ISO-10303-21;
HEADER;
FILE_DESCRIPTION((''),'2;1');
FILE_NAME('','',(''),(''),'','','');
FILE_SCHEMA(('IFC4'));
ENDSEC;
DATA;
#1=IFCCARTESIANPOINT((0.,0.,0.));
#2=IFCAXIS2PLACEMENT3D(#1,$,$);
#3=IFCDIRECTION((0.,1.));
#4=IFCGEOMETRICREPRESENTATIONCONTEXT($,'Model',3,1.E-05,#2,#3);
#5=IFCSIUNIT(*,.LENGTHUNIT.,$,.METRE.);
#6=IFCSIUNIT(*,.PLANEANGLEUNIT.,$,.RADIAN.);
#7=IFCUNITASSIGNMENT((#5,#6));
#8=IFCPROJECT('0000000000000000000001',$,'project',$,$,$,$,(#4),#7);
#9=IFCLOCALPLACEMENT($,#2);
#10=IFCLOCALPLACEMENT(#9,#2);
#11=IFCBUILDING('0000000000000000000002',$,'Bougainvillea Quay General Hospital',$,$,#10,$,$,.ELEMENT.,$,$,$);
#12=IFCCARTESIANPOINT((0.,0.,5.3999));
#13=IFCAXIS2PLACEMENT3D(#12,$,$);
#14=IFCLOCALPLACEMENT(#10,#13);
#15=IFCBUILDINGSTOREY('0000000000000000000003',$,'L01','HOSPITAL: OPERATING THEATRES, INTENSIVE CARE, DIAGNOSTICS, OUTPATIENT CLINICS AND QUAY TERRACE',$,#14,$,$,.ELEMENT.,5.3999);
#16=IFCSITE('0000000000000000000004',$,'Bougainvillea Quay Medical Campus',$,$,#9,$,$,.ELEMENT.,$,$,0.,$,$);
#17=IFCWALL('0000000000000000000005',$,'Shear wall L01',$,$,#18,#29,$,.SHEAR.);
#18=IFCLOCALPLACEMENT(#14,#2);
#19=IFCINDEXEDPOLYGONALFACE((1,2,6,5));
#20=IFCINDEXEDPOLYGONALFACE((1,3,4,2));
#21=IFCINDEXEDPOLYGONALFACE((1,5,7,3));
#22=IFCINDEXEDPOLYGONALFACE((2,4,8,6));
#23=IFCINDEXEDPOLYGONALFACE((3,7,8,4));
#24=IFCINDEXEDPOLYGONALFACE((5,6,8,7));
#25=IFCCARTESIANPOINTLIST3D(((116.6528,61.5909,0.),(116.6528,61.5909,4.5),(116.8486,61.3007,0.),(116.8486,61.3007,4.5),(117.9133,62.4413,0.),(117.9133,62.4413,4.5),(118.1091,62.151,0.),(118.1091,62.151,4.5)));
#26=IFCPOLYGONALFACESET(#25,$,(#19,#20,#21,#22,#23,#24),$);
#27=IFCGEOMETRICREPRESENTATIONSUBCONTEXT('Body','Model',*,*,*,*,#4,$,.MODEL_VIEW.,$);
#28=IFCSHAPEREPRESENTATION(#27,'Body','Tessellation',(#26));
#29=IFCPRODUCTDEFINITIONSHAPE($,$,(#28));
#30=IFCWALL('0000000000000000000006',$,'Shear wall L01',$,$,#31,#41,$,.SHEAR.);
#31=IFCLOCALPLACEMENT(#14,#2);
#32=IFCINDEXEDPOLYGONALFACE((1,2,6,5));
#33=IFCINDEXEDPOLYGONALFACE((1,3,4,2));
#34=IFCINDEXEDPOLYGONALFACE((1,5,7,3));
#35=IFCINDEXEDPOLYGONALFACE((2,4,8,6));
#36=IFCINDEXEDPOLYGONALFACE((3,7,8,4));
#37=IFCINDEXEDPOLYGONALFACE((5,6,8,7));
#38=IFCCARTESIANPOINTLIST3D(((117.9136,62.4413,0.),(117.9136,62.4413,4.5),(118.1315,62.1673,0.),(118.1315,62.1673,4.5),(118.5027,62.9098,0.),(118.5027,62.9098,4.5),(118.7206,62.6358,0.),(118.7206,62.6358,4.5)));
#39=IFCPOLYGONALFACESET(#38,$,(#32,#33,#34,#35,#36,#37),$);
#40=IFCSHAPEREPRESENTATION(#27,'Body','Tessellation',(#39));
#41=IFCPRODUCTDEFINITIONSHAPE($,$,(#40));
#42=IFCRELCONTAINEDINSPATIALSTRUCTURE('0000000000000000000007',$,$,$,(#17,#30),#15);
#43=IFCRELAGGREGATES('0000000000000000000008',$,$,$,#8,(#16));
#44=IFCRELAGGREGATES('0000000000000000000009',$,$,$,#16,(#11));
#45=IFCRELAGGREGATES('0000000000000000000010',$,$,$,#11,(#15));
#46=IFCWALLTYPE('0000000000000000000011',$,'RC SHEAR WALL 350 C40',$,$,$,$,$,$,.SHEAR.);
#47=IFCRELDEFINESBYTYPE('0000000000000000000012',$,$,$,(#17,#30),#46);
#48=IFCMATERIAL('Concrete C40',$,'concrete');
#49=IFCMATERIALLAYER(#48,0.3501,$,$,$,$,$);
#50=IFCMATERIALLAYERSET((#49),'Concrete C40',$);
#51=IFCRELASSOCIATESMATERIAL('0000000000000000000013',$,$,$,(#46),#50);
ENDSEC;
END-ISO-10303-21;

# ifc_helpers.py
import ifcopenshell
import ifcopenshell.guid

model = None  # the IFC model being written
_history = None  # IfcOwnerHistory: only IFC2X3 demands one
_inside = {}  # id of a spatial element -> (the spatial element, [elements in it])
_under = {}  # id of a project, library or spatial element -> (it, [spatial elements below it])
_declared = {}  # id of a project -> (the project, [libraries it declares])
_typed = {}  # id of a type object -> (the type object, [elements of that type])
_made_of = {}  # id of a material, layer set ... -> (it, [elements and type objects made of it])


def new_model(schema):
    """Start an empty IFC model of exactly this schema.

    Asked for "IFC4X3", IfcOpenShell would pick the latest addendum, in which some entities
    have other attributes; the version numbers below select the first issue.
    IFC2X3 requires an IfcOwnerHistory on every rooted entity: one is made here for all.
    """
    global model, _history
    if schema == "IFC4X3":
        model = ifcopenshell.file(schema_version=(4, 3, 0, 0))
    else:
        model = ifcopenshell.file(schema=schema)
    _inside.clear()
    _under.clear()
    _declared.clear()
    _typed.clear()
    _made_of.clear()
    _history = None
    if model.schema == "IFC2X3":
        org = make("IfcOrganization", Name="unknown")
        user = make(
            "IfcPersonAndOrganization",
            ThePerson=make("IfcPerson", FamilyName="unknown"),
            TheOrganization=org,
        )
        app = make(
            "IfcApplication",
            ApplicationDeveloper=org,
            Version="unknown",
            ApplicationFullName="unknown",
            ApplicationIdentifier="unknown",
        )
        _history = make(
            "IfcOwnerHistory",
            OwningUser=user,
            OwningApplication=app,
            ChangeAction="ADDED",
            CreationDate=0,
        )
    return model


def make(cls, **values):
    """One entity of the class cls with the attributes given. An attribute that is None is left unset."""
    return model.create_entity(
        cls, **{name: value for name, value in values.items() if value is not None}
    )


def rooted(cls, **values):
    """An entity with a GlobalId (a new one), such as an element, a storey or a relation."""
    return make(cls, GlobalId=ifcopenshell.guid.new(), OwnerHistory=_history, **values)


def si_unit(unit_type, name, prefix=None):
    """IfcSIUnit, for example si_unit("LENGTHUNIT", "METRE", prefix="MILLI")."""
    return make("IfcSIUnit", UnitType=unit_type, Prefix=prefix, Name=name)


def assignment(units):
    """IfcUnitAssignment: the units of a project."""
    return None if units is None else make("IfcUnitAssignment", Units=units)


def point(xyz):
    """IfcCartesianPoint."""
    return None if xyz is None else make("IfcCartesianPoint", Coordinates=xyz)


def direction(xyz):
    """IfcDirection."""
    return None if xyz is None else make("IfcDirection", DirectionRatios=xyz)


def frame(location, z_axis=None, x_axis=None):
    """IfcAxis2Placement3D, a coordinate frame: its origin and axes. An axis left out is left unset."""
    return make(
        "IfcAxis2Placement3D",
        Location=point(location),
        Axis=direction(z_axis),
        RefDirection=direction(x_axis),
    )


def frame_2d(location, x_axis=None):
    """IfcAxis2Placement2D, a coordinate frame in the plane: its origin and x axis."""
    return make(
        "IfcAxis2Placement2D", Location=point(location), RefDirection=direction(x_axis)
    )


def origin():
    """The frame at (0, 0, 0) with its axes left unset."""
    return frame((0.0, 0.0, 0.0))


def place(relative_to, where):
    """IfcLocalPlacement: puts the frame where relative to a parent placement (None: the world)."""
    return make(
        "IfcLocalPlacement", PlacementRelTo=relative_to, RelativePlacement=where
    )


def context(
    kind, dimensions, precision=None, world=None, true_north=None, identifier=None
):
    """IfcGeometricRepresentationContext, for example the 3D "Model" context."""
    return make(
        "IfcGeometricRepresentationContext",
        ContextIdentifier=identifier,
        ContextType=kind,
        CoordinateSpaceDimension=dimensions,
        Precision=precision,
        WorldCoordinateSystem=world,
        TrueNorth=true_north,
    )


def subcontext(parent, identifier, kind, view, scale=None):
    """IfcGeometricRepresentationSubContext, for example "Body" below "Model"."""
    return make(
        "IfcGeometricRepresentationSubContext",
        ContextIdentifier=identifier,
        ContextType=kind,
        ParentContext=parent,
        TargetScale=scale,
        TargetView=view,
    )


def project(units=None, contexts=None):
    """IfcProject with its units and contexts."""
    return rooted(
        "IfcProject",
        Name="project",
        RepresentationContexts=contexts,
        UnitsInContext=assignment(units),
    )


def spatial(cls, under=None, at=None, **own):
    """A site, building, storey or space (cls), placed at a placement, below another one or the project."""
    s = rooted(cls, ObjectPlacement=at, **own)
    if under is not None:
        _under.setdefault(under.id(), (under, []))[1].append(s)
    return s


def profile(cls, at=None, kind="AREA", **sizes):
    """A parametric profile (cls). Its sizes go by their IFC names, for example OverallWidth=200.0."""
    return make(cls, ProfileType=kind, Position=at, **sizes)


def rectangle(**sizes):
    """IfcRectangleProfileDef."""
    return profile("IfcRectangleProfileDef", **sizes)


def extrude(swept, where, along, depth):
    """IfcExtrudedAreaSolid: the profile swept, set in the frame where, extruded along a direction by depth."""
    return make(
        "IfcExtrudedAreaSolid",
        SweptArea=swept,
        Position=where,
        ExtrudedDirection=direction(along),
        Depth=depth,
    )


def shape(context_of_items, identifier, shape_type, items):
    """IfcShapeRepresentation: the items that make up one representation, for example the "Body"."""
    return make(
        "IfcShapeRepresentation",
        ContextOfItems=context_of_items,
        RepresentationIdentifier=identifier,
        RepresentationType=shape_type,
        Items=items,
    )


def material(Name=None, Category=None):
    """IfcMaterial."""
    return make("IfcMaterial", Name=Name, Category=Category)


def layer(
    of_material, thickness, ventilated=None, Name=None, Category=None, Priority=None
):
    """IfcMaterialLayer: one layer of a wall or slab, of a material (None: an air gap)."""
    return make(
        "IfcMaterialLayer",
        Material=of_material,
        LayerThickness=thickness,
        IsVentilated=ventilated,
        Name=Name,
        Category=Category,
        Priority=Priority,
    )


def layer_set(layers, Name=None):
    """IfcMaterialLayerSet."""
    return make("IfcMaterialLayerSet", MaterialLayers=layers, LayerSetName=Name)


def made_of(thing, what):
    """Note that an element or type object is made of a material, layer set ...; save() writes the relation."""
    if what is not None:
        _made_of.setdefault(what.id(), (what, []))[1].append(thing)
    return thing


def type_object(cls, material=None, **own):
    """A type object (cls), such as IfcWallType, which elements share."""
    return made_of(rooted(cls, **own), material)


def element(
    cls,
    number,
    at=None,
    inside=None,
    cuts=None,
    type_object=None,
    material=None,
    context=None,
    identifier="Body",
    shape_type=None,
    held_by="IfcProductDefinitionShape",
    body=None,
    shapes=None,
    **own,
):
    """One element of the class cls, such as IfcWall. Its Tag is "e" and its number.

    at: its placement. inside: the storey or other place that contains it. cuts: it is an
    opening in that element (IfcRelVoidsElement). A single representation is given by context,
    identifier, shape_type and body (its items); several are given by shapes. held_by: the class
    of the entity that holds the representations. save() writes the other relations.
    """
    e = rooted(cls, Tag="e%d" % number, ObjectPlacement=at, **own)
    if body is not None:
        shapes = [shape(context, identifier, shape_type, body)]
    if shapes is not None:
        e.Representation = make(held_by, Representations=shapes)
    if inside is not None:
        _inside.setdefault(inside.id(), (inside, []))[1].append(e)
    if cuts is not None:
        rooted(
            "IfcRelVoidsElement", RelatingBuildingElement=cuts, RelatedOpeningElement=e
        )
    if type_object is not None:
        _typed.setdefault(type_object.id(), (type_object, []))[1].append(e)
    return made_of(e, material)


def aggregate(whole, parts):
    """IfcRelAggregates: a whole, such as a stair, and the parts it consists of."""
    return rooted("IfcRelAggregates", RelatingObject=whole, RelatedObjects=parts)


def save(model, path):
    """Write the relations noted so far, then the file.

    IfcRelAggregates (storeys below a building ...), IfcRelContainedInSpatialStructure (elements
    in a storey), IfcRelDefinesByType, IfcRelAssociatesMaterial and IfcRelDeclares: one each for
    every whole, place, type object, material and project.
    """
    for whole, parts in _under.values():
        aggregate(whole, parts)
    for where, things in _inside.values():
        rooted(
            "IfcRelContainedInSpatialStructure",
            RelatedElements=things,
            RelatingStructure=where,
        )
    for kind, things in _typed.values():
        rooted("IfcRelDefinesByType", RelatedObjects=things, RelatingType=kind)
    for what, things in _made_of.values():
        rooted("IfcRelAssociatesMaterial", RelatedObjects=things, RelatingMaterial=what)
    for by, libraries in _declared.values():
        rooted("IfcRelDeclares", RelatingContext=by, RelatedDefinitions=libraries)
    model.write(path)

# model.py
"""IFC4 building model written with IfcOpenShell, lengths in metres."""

from ifc_helpers import new_model, si_unit, direction, frame, frame_2d, origin, place, context, subcontext, project, spatial, rectangle, extrude, material, layer, layer_set, type_object, element, save


model = new_model("IFC4")

# Units and contexts
model_context = context("Model", 3, precision=1e-05, world=origin(), true_north=direction((0.0, 1.0)))
body_context = subcontext(model_context, "Body", "Model", "MODEL_VIEW")
ifc_project = project(units=[si_unit("LENGTHUNIT", "METRE"), si_unit("PLANEANGLEUNIT", "RADIAN")], contexts=[model_context])

# Site, building, storey
site_placement = place(None, origin())
site = spatial("IfcSite", under=ifc_project, at=site_placement, Name="Bougainvillea Quay Medical Campus", CompositionType="ELEMENT", RefElevation=0.0)
building_placement = place(site_placement, origin())
building = spatial("IfcBuilding", under=site, at=building_placement, Name="Bougainvillea Quay General Hospital", CompositionType="ELEMENT")
storey_placement = place(building_placement, frame((0.0, 0.0, 5.3999)))
storey = spatial("IfcBuildingStorey", under=building, at=storey_placement, Name="L01", Description="HOSPITAL: OPERATING THEATRES, INTENSIVE CARE, DIAGNOSTICS, OUTPATIENT CLINICS AND QUAY TERRACE", CompositionType="ELEMENT", Elevation=5.3999)

# Walls
ifc_material_1 = material(Name="Concrete C40", Category="concrete")
ifc_layer = layer(ifc_material_1, 0.3501)
ifc_layer_set = layer_set([ifc_layer], Name="Concrete C40")
wall_type = type_object("IfcWallType", Name="RC SHEAR WALL 350 C40", PredefinedType="SHEAR", material=ifc_layer_set)
wall_1_placement = place(storey_placement, frame((116.7507, 61.4458, 0.0), z_axis=(0.0, 0.0, 1.0), x_axis=(0.828999, 0.559249, 0.0)))
element("IfcWall", 1, at=wall_1_placement, inside=storey, type_object=wall_type, Name="Shear wall L01", PredefinedType="SHEAR", context=body_context, shape_type="SweptSolid", body=[
    extrude(rectangle(XDim=1.5205, YDim=0.3501, at=frame_2d((0.7603, 0.0))), origin(), (0.0, 0.0, 1.0), 4.5),
])
wall_2_placement = place(storey_placement, frame((118.0225, 62.3042, 0.0), z_axis=(0.0, 0.0, 1.0), x_axis=(0.782669, 0.622438, 0.0)))
element("IfcWall", 2, at=wall_2_placement, inside=storey, type_object=wall_type, Name="Shear wall L01", PredefinedType="SHEAR", context=body_context, shape_type="SweptSolid", body=[
    extrude(rectangle(XDim=0.7527, YDim=0.3501, at=frame_2d((0.3765, 0.0))), origin(), (0.0, 0.0, 1.0), 4.5),
])

save(model, "model.ifc")
